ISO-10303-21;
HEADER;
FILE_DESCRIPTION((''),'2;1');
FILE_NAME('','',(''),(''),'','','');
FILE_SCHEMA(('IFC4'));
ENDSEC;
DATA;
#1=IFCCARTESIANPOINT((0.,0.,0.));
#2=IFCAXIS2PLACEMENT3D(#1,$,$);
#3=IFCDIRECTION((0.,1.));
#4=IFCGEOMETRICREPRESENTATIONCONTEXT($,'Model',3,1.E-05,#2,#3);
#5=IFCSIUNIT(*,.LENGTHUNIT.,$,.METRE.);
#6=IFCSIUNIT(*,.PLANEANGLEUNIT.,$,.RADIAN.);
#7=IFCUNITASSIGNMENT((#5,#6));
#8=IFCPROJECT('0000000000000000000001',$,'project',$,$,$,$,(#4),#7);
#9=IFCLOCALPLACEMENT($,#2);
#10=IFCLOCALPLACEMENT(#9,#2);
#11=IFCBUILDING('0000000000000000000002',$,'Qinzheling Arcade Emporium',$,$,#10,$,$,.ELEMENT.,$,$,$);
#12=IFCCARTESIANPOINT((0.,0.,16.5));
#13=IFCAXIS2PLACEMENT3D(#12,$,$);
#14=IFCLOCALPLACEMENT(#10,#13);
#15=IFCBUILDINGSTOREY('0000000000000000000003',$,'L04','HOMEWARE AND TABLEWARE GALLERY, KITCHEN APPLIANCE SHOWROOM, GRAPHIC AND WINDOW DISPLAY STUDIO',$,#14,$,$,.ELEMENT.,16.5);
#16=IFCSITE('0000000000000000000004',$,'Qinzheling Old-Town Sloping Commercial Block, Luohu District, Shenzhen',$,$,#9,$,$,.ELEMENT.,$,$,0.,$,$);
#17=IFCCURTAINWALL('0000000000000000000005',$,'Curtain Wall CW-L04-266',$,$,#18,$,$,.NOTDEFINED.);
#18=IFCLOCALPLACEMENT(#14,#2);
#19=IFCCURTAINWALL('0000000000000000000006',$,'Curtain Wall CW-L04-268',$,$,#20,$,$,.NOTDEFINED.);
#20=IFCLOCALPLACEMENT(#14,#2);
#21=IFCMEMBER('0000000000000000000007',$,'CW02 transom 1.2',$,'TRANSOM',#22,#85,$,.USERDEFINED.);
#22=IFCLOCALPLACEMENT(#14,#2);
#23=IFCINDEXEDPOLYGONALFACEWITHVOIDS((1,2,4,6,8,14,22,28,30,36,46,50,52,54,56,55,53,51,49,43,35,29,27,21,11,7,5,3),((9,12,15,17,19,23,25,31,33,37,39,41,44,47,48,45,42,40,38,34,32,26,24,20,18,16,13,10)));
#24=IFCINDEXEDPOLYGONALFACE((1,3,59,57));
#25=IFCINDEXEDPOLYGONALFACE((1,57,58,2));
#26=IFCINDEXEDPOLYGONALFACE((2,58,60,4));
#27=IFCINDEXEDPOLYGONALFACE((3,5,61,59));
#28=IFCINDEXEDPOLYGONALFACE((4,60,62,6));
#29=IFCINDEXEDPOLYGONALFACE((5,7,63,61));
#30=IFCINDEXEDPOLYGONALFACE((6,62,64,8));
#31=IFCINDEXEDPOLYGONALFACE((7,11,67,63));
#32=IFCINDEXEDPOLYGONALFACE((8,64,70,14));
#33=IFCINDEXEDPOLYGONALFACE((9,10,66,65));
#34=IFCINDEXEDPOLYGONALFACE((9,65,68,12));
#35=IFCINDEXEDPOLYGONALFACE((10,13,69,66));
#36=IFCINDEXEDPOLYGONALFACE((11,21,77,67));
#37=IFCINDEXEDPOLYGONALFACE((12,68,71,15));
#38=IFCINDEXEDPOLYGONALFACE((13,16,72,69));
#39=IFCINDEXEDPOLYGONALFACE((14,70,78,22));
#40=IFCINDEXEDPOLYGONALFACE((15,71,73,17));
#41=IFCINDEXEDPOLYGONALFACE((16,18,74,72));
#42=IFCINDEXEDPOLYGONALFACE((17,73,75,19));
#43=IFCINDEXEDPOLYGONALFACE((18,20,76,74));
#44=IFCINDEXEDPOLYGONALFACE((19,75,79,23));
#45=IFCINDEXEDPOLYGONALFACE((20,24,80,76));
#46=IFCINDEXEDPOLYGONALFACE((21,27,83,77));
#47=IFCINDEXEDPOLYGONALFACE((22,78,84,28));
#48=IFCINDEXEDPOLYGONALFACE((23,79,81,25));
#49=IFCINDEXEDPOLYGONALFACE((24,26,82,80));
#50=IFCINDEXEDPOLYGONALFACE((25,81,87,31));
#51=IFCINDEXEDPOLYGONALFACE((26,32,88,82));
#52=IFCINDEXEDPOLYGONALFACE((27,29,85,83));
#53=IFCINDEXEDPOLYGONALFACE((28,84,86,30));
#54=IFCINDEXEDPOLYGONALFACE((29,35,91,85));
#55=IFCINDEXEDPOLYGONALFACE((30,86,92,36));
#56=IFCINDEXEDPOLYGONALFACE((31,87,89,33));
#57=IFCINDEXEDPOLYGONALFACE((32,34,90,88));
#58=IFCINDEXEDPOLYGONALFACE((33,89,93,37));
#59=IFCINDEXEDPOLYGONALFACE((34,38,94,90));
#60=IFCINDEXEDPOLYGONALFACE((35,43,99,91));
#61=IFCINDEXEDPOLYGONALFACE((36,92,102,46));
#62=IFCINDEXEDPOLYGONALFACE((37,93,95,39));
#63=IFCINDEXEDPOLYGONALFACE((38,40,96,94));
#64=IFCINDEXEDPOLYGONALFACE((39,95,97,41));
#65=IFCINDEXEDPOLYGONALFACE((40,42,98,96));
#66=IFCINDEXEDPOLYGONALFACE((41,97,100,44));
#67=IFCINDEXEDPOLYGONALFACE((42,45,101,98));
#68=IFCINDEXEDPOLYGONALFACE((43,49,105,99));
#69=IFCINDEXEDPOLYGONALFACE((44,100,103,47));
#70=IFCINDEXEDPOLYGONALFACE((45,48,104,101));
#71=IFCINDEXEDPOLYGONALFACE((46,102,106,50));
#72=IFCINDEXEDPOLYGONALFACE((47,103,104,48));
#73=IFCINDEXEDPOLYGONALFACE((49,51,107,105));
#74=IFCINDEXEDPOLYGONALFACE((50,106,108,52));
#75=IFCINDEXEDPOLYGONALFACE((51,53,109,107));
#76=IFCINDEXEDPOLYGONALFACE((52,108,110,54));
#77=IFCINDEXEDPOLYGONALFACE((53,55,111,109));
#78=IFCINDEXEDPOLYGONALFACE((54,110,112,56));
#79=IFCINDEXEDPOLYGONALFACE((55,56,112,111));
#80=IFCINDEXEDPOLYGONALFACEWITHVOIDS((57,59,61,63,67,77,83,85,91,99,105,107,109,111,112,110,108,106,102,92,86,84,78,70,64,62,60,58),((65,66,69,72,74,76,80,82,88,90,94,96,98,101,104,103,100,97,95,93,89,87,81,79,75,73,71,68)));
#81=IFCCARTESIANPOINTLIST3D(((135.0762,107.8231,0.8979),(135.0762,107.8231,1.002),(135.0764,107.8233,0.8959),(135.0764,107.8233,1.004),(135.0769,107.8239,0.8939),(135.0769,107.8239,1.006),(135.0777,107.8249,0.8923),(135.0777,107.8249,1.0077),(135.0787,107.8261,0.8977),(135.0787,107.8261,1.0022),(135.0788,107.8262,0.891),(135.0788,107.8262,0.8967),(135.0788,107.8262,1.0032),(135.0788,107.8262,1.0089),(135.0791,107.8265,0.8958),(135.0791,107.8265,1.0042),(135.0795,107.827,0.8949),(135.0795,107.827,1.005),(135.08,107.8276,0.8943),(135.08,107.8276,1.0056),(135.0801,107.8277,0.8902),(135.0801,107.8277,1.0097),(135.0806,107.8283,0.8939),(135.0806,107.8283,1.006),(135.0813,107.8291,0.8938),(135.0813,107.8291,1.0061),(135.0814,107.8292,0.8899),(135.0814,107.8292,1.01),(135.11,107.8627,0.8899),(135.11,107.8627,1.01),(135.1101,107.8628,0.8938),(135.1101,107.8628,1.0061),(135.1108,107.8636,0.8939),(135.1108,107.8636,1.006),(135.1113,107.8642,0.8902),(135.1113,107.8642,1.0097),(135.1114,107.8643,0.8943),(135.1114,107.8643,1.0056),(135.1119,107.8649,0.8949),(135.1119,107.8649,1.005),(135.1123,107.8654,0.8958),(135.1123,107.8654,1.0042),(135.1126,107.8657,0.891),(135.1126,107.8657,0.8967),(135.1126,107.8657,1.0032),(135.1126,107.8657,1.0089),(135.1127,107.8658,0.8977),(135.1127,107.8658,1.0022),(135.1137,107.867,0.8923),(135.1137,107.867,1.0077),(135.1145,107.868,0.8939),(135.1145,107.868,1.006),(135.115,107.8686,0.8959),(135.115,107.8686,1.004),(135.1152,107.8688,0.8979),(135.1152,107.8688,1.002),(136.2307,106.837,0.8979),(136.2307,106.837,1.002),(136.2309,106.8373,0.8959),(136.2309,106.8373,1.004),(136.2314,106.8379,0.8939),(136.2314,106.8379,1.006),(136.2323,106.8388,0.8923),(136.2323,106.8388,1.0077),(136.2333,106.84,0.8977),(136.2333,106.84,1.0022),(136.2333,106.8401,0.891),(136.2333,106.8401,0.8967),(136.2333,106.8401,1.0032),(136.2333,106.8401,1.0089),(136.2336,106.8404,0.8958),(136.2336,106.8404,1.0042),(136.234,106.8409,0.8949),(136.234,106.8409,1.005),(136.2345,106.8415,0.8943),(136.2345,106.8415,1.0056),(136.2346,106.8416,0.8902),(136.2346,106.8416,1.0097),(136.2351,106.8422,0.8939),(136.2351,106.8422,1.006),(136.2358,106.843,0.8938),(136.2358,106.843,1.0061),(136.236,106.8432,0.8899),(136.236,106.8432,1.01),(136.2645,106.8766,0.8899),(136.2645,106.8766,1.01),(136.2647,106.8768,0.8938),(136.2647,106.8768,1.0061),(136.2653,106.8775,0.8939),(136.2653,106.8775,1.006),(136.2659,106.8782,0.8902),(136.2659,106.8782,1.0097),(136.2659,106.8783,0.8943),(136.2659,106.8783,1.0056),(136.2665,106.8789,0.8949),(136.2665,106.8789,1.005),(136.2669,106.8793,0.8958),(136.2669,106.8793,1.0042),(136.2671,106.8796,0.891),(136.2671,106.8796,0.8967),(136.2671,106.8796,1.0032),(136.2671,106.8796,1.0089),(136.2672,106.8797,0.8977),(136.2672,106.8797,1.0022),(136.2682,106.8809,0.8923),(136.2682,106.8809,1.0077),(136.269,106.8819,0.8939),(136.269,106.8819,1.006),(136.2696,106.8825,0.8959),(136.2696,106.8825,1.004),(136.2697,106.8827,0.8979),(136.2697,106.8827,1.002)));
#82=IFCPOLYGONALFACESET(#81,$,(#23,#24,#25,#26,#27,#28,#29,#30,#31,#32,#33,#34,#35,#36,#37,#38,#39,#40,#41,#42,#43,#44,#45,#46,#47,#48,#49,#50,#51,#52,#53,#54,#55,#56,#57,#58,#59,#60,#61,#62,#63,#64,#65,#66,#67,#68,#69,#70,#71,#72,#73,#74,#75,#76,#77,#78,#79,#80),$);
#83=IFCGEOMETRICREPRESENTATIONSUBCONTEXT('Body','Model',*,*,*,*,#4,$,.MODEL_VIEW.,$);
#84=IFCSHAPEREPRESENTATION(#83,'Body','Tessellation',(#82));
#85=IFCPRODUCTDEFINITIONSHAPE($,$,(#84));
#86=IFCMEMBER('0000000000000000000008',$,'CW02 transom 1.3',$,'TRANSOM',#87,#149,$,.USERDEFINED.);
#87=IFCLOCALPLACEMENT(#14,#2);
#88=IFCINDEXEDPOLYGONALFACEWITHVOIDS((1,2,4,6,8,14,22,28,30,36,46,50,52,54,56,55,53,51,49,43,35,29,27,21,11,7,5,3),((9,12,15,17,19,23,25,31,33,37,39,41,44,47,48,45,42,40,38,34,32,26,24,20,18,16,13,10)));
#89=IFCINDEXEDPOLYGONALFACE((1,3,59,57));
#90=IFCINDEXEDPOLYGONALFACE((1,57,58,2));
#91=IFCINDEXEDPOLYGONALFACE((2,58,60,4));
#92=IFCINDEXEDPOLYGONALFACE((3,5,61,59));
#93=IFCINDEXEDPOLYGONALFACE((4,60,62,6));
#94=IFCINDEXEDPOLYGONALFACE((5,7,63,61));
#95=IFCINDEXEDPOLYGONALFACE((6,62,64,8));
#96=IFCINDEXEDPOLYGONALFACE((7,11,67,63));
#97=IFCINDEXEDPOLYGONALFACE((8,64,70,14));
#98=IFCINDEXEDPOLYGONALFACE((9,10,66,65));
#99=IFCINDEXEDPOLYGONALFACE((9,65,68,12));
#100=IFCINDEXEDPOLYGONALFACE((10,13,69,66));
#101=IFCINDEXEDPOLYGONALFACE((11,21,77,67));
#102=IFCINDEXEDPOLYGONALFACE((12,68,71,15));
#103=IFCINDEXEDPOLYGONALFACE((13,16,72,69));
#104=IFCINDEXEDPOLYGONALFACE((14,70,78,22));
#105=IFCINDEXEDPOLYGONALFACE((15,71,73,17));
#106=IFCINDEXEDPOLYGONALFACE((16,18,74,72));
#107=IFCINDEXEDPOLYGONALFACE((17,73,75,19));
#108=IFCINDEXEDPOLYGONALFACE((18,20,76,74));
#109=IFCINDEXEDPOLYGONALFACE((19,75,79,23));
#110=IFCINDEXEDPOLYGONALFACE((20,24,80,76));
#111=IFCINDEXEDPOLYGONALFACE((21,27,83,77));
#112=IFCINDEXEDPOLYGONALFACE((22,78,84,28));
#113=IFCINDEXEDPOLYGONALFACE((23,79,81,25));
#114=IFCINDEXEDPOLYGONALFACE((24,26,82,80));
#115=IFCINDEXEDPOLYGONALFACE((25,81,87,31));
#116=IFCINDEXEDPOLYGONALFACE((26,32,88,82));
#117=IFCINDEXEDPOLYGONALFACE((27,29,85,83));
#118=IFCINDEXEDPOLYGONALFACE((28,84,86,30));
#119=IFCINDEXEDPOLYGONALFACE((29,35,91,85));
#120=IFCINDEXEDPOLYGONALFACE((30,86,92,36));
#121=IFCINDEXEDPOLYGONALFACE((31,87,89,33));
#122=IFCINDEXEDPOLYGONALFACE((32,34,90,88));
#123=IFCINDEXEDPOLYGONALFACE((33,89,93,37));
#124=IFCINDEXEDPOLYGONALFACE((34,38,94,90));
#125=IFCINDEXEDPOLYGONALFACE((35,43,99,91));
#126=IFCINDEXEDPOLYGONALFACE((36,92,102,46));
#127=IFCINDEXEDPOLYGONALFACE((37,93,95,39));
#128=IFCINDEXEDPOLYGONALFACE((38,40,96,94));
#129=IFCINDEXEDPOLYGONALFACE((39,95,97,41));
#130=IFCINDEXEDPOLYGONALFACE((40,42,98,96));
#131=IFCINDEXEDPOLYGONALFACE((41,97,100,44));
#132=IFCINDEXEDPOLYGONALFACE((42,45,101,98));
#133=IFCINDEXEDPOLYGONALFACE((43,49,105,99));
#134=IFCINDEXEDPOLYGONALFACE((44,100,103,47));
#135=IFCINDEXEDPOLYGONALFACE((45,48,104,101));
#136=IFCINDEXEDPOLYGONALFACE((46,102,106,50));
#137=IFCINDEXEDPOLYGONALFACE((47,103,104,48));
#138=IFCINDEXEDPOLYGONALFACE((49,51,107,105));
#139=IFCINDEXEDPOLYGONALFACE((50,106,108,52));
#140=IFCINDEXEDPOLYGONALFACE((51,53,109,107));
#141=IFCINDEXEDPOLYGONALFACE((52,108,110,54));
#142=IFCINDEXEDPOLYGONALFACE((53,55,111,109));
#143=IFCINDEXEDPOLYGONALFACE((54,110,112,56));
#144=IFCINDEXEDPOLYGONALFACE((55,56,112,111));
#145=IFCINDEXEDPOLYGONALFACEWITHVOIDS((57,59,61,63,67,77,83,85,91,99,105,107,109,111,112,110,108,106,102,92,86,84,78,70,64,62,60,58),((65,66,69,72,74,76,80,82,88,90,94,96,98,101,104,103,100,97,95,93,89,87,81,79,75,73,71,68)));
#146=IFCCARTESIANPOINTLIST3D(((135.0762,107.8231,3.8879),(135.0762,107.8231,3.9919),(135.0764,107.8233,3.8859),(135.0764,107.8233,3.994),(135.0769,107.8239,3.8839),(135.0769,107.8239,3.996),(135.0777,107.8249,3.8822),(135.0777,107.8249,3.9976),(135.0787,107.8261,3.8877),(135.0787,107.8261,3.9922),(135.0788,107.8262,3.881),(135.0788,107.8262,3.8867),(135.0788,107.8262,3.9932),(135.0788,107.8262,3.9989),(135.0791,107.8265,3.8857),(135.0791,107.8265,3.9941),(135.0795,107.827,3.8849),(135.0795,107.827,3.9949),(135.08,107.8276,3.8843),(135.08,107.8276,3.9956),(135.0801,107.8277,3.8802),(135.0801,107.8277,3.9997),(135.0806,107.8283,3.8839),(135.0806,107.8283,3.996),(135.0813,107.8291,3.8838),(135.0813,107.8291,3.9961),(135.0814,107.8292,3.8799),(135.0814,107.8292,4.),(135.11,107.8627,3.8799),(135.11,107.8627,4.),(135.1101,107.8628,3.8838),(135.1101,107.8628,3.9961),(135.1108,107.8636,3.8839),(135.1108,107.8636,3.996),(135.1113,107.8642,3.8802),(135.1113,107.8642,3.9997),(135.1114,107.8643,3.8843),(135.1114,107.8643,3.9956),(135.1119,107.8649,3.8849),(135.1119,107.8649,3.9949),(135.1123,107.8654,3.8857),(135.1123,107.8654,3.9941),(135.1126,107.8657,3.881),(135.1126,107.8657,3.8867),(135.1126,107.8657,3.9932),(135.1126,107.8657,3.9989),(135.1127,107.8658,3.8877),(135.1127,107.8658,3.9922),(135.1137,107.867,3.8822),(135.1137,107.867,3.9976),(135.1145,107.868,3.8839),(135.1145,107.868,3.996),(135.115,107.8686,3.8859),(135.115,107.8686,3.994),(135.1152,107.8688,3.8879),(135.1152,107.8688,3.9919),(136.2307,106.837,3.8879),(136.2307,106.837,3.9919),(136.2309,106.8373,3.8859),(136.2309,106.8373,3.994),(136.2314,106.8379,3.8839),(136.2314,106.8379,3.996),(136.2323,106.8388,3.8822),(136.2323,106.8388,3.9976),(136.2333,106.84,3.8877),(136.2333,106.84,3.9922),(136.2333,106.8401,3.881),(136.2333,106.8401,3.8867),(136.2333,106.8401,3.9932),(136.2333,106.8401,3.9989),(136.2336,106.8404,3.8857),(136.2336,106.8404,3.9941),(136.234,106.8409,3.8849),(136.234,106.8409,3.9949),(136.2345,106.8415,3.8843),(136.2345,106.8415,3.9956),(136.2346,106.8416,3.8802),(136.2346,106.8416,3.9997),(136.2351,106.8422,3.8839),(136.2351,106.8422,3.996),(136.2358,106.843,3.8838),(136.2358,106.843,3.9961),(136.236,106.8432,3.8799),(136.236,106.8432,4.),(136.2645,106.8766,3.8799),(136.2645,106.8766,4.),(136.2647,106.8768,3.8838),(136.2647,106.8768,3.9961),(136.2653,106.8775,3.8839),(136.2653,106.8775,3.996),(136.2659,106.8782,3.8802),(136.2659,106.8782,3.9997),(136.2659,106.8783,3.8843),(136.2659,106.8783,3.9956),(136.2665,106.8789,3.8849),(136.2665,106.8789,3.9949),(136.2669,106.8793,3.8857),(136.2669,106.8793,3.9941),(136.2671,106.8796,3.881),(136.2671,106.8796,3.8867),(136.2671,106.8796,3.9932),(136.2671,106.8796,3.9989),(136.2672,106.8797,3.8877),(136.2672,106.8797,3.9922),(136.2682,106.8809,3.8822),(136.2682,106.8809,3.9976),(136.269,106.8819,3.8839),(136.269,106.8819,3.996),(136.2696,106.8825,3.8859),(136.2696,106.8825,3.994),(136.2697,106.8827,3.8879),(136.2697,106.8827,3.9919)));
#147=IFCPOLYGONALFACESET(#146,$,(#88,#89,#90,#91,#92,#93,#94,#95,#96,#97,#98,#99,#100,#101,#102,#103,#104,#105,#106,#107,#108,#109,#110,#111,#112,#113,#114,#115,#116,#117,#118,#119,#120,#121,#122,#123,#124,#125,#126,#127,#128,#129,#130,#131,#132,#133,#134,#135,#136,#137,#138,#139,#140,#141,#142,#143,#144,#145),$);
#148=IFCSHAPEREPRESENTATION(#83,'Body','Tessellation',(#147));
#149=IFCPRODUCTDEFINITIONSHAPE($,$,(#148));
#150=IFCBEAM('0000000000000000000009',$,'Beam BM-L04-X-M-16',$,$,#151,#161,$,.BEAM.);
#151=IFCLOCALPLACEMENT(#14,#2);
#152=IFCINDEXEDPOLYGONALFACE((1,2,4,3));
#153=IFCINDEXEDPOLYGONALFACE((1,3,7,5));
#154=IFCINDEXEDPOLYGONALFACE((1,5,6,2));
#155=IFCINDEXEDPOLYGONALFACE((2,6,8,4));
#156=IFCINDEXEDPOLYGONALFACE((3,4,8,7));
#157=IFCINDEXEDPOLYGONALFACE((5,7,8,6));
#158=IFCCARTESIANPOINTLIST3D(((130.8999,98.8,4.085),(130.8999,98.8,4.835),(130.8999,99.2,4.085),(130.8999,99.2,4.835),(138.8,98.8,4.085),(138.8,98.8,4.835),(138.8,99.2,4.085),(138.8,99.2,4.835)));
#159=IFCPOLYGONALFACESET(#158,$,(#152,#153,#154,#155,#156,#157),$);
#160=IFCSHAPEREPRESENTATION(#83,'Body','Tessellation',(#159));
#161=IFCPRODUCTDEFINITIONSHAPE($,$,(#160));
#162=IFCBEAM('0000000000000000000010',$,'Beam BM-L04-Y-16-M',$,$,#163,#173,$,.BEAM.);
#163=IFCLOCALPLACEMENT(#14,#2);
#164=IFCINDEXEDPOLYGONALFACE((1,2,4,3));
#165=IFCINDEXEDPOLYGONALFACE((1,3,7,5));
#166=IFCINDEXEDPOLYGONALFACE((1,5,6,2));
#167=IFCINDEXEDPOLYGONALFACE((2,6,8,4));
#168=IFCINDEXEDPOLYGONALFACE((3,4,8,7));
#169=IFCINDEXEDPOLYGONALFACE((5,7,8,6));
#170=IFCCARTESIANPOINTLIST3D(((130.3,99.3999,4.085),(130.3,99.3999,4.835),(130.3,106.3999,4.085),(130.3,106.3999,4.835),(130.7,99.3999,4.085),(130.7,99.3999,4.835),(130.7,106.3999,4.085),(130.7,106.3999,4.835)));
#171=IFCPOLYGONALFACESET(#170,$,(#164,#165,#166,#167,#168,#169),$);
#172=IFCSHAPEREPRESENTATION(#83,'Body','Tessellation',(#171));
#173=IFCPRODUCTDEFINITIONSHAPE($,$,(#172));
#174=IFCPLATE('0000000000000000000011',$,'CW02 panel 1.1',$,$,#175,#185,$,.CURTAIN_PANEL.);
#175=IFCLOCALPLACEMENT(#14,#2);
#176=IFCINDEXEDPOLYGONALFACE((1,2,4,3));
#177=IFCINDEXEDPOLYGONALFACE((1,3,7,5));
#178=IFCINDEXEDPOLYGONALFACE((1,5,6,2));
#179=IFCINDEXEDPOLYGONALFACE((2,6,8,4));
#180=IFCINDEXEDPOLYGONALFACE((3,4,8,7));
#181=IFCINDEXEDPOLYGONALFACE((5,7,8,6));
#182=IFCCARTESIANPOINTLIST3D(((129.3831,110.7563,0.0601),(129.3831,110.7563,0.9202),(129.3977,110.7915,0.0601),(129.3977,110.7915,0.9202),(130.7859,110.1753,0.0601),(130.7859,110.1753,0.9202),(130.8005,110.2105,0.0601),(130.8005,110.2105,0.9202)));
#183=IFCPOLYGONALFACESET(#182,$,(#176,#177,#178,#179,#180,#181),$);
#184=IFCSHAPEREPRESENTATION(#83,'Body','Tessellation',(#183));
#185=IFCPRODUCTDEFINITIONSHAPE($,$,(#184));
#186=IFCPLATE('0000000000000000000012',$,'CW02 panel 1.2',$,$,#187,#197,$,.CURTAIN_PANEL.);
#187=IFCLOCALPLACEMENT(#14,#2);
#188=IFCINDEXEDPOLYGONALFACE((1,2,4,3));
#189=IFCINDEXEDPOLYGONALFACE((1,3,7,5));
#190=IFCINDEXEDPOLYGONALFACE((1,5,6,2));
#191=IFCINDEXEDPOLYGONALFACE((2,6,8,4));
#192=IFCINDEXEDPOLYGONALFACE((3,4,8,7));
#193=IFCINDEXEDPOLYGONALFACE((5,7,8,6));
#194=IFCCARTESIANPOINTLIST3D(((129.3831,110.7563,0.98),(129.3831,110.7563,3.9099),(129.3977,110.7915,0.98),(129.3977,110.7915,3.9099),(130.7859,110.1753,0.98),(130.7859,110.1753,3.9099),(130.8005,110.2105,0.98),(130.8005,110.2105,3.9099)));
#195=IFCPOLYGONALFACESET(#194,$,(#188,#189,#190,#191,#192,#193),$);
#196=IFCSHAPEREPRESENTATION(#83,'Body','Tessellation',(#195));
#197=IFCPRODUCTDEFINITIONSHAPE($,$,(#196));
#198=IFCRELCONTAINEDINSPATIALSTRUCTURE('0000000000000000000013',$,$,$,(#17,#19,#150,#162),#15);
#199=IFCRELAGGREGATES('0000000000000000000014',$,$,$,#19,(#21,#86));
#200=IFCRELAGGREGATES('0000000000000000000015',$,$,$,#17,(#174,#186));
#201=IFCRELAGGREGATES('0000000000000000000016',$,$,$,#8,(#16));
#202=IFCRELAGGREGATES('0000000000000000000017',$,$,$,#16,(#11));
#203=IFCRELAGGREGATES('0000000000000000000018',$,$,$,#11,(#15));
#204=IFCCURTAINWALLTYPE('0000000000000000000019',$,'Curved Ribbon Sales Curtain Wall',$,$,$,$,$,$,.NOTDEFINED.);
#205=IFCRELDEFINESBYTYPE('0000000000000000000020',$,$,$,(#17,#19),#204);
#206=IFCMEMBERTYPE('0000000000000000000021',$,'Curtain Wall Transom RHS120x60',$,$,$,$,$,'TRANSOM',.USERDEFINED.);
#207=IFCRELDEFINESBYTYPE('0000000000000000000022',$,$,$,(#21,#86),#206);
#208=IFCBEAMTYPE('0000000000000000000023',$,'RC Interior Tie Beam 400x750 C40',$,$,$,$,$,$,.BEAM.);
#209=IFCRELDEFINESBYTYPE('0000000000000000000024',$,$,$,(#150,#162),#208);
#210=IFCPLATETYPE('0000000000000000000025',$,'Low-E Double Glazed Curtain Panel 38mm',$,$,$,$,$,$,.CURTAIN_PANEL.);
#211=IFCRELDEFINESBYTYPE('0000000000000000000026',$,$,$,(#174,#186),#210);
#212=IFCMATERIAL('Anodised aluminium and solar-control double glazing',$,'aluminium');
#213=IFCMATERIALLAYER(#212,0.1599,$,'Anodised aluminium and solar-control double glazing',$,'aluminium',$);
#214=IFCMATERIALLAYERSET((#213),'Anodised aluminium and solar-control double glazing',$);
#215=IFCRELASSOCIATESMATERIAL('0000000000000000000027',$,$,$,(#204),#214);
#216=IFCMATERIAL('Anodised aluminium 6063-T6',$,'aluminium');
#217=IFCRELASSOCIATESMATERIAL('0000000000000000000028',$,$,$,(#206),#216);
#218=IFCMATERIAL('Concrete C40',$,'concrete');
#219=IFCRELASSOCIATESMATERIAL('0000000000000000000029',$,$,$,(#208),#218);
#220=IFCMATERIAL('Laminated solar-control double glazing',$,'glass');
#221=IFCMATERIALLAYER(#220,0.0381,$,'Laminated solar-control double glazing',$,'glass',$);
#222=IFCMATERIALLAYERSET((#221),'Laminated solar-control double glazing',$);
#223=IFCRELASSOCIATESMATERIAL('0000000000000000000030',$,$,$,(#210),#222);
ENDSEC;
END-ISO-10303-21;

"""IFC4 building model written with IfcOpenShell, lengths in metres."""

from ifc_helpers import new_model, si_unit, direction, frame, origin, origin_2d, place, context, subcontext, project, spatial, rectangle, hollow_rectangle, extrude, material, layer, layer_set, material_profile, profile_set, type_object, element, aggregate, save


model = new_model("IFC4")

# Units and contexts
model_context = context("Model", 3, precision=1e-05, world=origin(), true_north=direction((0.0, 1.0)))
body_context = subcontext(model_context, "Body", "Model", "MODEL_VIEW")
ifc_project = project(units=[si_unit("LENGTHUNIT", "METRE"), si_unit("PLANEANGLEUNIT", "RADIAN")], contexts=[model_context])

# Site, building, storey
site_placement = place(None, origin())
site = spatial("IfcSite", under=ifc_project, at=site_placement, Name="Qinzheling Old-Town Sloping Commercial Block, Luohu District, Shenzhen", CompositionType="ELEMENT", RefElevation=0.0)
building_placement = place(site_placement, origin())
building = spatial("IfcBuilding", under=site, at=building_placement, Name="Qinzheling Arcade Emporium", CompositionType="ELEMENT")
storey_placement = place(building_placement, frame((0.0, 0.0, 16.5)))
storey = spatial("IfcBuildingStorey", under=building, at=storey_placement, Name="L04", Description="HOMEWARE AND TABLEWARE GALLERY, KITCHEN APPLIANCE SHOWROOM, GRAPHIC AND WINDOW DISPLAY STUDIO", CompositionType="ELEMENT", Elevation=16.5)

# Shared definitions
ifc_material_1 = material(Name="Concrete C40", Category="concrete")

# Curtain wall
ifc_material_2 = material(Name="Anodised aluminium and solar-control double glazing", Category="aluminium")
ifc_layer_1 = layer(ifc_material_2, 0.1599, Name="Anodised aluminium and solar-control double glazing", Category="aluminium")
ifc_layer_set_1 = layer_set([ifc_layer_1], Name="Anodised aluminium and solar-control double glazing")
curtain_wall_type = type_object("IfcCurtainWallType", Name="Curved Ribbon Sales Curtain Wall", PredefinedType="NOTDEFINED", material=ifc_layer_set_1)
curtain_wall_1_placement = place(storey_placement, origin())
curtain_wall_1 = element("IfcCurtainWall", 1, at=curtain_wall_1_placement, inside=storey, type_object=curtain_wall_type, Name="Curtain Wall CW-L04-266", PredefinedType="NOTDEFINED")
ifc_material_3 = material(Name="Anodised aluminium 6063-T6", Category="aluminium")

# Curtain wall
curtain_wall_2_placement = place(storey_placement, origin())
curtain_wall_2 = element("IfcCurtainWall", 2, at=curtain_wall_2_placement, inside=storey, type_object=curtain_wall_type, Name="Curtain Wall CW-L04-268", PredefinedType="NOTDEFINED")

# Members
ifc_material_profile_1 = material_profile(ifc_material_3, hollow_rectangle(XDim=0.0601, YDim=0.1201, WallThickness=0.0039, InnerFilletRadius=0.0039, OuterFilletRadius=0.0081, at=origin_2d()), Name="RHS 120x60x4", Category="aluminium")
ifc_profile_set_1 = profile_set([ifc_material_profile_1], Name="Anodised aluminium 6063-T6")
member_type_1 = type_object("IfcMemberType", Name="Curtain Wall Transom RHS120x60", ElementType="TRANSOM", PredefinedType="USERDEFINED", material=ifc_profile_set_1)
member_1_placement = place(storey_placement, frame((135.0957, 107.8459, 0.95), z_axis=(0.760402, -0.649453, 0.0), x_axis=(0.649453, 0.760402, 0.0)))
member_1 = element("IfcMember", 3, at=member_1_placement, type_object=member_type_1, Name="CW02 transom 1.2", ObjectType="TRANSOM", PredefinedType="USERDEFINED", context=body_context, shape_type="SweptSolid", body=[
    extrude(hollow_rectangle(XDim=0.0601, YDim=0.1201, WallThickness=0.0039, InnerFilletRadius=0.0039, OuterFilletRadius=0.0081, at=origin_2d()), origin(), (0.0, 0.0, 1.0), 1.5183),
])
member_2_placement = place(storey_placement, frame((135.0957, 107.8459, 3.9399), z_axis=(0.760402, -0.649453, 0.0), x_axis=(0.649453, 0.760402, 0.0)))
member_2 = element("IfcMember", 4, at=member_2_placement, type_object=member_type_1, Name="CW02 transom 1.3", ObjectType="TRANSOM", PredefinedType="USERDEFINED", context=body_context, shape_type="SweptSolid", body=[
    extrude(hollow_rectangle(XDim=0.0601, YDim=0.1201, WallThickness=0.0039, InnerFilletRadius=0.0039, OuterFilletRadius=0.0081, at=origin_2d()), origin(), (0.0, 0.0, 1.0), 1.5183),
])
aggregate(curtain_wall_2, [member_1, member_2])

# Beams
ifc_material_profile_2 = material_profile(ifc_material_1, rectangle(XDim=0.3999, YDim=0.75, at=origin_2d()), Name="RC 400x750", Category="concrete")
ifc_profile_set_2 = profile_set([ifc_material_profile_2], Name="Concrete C40")
beam_type = type_object("IfcBeamType", Name="RC Interior Tie Beam 400x750 C40", PredefinedType="BEAM", material=ifc_profile_set_2)
beam_1_placement = place(storey_placement, frame((130.8999, 99.0, 4.46), z_axis=(1.0, 0.0, 0.0), x_axis=(0.0, 1.0, 0.0)))
element("IfcBeam", 5, at=beam_1_placement, inside=storey, type_object=beam_type, Name="Beam BM-L04-X-M-16", PredefinedType="BEAM", context=body_context, shape_type="SweptSolid", body=[
    extrude(rectangle(XDim=0.3999, YDim=0.75, at=origin_2d()), origin(), (0.0, 0.0, 1.0), 7.9001),
])
beam_2_placement = place(storey_placement, frame((130.5, 99.3999, 4.46), z_axis=(0.0, 1.0, 0.0), x_axis=(-1.0, 0.0, 0.0)))
element("IfcBeam", 6, at=beam_2_placement, inside=storey, type_object=beam_type, Name="Beam BM-L04-Y-16-M", PredefinedType="BEAM", context=body_context, shape_type="SweptSolid", body=[
    extrude(rectangle(XDim=0.3999, YDim=0.75, at=origin_2d()), origin(), (0.0, 0.0, 1.0), 7.0),
])

# Plates
ifc_material_4 = material(Name="Laminated solar-control double glazing", Category="glass")
ifc_layer_2 = layer(ifc_material_4, 0.0381, Name="Laminated solar-control double glazing", Category="glass")
ifc_layer_set_2 = layer_set([ifc_layer_2], Name="Laminated solar-control double glazing")
plate_type_1 = type_object("IfcPlateType", Name="Low-E Double Glazed Curtain Panel 38mm", PredefinedType="CURTAIN_PANEL", material=ifc_layer_set_2)
plate_1_placement = place(storey_placement, frame((130.0918, 110.4834, 0.0601), z_axis=(0.0, 0.0, 1.0), x_axis=(0.923884, -0.382672, 0.0)))
plate_1 = element("IfcPlate", 7, at=plate_1_placement, type_object=plate_type_1, Name="CW02 panel 1.1", PredefinedType="CURTAIN_PANEL", context=body_context, shape_type="SweptSolid", body=[
    extrude(rectangle(XDim=1.5183, YDim=0.0381, at=origin_2d()), origin(), (0.0, 0.0, 1.0), 0.8601),
])
plate_2_placement = place(storey_placement, frame((130.0918, 110.4834, 0.98), z_axis=(0.0, 0.0, 1.0), x_axis=(0.923884, -0.382672, 0.0)))
plate_2 = element("IfcPlate", 8, at=plate_2_placement, type_object=plate_type_1, Name="CW02 panel 1.2", PredefinedType="CURTAIN_PANEL", context=body_context, shape_type="SweptSolid", body=[
    extrude(rectangle(XDim=1.5183, YDim=0.0381, at=origin_2d()), origin(), (0.0, 0.0, 1.0), 2.9299),
])
aggregate(curtain_wall_1, [plate_1, plate_2])

save(model, "model.ifc")
